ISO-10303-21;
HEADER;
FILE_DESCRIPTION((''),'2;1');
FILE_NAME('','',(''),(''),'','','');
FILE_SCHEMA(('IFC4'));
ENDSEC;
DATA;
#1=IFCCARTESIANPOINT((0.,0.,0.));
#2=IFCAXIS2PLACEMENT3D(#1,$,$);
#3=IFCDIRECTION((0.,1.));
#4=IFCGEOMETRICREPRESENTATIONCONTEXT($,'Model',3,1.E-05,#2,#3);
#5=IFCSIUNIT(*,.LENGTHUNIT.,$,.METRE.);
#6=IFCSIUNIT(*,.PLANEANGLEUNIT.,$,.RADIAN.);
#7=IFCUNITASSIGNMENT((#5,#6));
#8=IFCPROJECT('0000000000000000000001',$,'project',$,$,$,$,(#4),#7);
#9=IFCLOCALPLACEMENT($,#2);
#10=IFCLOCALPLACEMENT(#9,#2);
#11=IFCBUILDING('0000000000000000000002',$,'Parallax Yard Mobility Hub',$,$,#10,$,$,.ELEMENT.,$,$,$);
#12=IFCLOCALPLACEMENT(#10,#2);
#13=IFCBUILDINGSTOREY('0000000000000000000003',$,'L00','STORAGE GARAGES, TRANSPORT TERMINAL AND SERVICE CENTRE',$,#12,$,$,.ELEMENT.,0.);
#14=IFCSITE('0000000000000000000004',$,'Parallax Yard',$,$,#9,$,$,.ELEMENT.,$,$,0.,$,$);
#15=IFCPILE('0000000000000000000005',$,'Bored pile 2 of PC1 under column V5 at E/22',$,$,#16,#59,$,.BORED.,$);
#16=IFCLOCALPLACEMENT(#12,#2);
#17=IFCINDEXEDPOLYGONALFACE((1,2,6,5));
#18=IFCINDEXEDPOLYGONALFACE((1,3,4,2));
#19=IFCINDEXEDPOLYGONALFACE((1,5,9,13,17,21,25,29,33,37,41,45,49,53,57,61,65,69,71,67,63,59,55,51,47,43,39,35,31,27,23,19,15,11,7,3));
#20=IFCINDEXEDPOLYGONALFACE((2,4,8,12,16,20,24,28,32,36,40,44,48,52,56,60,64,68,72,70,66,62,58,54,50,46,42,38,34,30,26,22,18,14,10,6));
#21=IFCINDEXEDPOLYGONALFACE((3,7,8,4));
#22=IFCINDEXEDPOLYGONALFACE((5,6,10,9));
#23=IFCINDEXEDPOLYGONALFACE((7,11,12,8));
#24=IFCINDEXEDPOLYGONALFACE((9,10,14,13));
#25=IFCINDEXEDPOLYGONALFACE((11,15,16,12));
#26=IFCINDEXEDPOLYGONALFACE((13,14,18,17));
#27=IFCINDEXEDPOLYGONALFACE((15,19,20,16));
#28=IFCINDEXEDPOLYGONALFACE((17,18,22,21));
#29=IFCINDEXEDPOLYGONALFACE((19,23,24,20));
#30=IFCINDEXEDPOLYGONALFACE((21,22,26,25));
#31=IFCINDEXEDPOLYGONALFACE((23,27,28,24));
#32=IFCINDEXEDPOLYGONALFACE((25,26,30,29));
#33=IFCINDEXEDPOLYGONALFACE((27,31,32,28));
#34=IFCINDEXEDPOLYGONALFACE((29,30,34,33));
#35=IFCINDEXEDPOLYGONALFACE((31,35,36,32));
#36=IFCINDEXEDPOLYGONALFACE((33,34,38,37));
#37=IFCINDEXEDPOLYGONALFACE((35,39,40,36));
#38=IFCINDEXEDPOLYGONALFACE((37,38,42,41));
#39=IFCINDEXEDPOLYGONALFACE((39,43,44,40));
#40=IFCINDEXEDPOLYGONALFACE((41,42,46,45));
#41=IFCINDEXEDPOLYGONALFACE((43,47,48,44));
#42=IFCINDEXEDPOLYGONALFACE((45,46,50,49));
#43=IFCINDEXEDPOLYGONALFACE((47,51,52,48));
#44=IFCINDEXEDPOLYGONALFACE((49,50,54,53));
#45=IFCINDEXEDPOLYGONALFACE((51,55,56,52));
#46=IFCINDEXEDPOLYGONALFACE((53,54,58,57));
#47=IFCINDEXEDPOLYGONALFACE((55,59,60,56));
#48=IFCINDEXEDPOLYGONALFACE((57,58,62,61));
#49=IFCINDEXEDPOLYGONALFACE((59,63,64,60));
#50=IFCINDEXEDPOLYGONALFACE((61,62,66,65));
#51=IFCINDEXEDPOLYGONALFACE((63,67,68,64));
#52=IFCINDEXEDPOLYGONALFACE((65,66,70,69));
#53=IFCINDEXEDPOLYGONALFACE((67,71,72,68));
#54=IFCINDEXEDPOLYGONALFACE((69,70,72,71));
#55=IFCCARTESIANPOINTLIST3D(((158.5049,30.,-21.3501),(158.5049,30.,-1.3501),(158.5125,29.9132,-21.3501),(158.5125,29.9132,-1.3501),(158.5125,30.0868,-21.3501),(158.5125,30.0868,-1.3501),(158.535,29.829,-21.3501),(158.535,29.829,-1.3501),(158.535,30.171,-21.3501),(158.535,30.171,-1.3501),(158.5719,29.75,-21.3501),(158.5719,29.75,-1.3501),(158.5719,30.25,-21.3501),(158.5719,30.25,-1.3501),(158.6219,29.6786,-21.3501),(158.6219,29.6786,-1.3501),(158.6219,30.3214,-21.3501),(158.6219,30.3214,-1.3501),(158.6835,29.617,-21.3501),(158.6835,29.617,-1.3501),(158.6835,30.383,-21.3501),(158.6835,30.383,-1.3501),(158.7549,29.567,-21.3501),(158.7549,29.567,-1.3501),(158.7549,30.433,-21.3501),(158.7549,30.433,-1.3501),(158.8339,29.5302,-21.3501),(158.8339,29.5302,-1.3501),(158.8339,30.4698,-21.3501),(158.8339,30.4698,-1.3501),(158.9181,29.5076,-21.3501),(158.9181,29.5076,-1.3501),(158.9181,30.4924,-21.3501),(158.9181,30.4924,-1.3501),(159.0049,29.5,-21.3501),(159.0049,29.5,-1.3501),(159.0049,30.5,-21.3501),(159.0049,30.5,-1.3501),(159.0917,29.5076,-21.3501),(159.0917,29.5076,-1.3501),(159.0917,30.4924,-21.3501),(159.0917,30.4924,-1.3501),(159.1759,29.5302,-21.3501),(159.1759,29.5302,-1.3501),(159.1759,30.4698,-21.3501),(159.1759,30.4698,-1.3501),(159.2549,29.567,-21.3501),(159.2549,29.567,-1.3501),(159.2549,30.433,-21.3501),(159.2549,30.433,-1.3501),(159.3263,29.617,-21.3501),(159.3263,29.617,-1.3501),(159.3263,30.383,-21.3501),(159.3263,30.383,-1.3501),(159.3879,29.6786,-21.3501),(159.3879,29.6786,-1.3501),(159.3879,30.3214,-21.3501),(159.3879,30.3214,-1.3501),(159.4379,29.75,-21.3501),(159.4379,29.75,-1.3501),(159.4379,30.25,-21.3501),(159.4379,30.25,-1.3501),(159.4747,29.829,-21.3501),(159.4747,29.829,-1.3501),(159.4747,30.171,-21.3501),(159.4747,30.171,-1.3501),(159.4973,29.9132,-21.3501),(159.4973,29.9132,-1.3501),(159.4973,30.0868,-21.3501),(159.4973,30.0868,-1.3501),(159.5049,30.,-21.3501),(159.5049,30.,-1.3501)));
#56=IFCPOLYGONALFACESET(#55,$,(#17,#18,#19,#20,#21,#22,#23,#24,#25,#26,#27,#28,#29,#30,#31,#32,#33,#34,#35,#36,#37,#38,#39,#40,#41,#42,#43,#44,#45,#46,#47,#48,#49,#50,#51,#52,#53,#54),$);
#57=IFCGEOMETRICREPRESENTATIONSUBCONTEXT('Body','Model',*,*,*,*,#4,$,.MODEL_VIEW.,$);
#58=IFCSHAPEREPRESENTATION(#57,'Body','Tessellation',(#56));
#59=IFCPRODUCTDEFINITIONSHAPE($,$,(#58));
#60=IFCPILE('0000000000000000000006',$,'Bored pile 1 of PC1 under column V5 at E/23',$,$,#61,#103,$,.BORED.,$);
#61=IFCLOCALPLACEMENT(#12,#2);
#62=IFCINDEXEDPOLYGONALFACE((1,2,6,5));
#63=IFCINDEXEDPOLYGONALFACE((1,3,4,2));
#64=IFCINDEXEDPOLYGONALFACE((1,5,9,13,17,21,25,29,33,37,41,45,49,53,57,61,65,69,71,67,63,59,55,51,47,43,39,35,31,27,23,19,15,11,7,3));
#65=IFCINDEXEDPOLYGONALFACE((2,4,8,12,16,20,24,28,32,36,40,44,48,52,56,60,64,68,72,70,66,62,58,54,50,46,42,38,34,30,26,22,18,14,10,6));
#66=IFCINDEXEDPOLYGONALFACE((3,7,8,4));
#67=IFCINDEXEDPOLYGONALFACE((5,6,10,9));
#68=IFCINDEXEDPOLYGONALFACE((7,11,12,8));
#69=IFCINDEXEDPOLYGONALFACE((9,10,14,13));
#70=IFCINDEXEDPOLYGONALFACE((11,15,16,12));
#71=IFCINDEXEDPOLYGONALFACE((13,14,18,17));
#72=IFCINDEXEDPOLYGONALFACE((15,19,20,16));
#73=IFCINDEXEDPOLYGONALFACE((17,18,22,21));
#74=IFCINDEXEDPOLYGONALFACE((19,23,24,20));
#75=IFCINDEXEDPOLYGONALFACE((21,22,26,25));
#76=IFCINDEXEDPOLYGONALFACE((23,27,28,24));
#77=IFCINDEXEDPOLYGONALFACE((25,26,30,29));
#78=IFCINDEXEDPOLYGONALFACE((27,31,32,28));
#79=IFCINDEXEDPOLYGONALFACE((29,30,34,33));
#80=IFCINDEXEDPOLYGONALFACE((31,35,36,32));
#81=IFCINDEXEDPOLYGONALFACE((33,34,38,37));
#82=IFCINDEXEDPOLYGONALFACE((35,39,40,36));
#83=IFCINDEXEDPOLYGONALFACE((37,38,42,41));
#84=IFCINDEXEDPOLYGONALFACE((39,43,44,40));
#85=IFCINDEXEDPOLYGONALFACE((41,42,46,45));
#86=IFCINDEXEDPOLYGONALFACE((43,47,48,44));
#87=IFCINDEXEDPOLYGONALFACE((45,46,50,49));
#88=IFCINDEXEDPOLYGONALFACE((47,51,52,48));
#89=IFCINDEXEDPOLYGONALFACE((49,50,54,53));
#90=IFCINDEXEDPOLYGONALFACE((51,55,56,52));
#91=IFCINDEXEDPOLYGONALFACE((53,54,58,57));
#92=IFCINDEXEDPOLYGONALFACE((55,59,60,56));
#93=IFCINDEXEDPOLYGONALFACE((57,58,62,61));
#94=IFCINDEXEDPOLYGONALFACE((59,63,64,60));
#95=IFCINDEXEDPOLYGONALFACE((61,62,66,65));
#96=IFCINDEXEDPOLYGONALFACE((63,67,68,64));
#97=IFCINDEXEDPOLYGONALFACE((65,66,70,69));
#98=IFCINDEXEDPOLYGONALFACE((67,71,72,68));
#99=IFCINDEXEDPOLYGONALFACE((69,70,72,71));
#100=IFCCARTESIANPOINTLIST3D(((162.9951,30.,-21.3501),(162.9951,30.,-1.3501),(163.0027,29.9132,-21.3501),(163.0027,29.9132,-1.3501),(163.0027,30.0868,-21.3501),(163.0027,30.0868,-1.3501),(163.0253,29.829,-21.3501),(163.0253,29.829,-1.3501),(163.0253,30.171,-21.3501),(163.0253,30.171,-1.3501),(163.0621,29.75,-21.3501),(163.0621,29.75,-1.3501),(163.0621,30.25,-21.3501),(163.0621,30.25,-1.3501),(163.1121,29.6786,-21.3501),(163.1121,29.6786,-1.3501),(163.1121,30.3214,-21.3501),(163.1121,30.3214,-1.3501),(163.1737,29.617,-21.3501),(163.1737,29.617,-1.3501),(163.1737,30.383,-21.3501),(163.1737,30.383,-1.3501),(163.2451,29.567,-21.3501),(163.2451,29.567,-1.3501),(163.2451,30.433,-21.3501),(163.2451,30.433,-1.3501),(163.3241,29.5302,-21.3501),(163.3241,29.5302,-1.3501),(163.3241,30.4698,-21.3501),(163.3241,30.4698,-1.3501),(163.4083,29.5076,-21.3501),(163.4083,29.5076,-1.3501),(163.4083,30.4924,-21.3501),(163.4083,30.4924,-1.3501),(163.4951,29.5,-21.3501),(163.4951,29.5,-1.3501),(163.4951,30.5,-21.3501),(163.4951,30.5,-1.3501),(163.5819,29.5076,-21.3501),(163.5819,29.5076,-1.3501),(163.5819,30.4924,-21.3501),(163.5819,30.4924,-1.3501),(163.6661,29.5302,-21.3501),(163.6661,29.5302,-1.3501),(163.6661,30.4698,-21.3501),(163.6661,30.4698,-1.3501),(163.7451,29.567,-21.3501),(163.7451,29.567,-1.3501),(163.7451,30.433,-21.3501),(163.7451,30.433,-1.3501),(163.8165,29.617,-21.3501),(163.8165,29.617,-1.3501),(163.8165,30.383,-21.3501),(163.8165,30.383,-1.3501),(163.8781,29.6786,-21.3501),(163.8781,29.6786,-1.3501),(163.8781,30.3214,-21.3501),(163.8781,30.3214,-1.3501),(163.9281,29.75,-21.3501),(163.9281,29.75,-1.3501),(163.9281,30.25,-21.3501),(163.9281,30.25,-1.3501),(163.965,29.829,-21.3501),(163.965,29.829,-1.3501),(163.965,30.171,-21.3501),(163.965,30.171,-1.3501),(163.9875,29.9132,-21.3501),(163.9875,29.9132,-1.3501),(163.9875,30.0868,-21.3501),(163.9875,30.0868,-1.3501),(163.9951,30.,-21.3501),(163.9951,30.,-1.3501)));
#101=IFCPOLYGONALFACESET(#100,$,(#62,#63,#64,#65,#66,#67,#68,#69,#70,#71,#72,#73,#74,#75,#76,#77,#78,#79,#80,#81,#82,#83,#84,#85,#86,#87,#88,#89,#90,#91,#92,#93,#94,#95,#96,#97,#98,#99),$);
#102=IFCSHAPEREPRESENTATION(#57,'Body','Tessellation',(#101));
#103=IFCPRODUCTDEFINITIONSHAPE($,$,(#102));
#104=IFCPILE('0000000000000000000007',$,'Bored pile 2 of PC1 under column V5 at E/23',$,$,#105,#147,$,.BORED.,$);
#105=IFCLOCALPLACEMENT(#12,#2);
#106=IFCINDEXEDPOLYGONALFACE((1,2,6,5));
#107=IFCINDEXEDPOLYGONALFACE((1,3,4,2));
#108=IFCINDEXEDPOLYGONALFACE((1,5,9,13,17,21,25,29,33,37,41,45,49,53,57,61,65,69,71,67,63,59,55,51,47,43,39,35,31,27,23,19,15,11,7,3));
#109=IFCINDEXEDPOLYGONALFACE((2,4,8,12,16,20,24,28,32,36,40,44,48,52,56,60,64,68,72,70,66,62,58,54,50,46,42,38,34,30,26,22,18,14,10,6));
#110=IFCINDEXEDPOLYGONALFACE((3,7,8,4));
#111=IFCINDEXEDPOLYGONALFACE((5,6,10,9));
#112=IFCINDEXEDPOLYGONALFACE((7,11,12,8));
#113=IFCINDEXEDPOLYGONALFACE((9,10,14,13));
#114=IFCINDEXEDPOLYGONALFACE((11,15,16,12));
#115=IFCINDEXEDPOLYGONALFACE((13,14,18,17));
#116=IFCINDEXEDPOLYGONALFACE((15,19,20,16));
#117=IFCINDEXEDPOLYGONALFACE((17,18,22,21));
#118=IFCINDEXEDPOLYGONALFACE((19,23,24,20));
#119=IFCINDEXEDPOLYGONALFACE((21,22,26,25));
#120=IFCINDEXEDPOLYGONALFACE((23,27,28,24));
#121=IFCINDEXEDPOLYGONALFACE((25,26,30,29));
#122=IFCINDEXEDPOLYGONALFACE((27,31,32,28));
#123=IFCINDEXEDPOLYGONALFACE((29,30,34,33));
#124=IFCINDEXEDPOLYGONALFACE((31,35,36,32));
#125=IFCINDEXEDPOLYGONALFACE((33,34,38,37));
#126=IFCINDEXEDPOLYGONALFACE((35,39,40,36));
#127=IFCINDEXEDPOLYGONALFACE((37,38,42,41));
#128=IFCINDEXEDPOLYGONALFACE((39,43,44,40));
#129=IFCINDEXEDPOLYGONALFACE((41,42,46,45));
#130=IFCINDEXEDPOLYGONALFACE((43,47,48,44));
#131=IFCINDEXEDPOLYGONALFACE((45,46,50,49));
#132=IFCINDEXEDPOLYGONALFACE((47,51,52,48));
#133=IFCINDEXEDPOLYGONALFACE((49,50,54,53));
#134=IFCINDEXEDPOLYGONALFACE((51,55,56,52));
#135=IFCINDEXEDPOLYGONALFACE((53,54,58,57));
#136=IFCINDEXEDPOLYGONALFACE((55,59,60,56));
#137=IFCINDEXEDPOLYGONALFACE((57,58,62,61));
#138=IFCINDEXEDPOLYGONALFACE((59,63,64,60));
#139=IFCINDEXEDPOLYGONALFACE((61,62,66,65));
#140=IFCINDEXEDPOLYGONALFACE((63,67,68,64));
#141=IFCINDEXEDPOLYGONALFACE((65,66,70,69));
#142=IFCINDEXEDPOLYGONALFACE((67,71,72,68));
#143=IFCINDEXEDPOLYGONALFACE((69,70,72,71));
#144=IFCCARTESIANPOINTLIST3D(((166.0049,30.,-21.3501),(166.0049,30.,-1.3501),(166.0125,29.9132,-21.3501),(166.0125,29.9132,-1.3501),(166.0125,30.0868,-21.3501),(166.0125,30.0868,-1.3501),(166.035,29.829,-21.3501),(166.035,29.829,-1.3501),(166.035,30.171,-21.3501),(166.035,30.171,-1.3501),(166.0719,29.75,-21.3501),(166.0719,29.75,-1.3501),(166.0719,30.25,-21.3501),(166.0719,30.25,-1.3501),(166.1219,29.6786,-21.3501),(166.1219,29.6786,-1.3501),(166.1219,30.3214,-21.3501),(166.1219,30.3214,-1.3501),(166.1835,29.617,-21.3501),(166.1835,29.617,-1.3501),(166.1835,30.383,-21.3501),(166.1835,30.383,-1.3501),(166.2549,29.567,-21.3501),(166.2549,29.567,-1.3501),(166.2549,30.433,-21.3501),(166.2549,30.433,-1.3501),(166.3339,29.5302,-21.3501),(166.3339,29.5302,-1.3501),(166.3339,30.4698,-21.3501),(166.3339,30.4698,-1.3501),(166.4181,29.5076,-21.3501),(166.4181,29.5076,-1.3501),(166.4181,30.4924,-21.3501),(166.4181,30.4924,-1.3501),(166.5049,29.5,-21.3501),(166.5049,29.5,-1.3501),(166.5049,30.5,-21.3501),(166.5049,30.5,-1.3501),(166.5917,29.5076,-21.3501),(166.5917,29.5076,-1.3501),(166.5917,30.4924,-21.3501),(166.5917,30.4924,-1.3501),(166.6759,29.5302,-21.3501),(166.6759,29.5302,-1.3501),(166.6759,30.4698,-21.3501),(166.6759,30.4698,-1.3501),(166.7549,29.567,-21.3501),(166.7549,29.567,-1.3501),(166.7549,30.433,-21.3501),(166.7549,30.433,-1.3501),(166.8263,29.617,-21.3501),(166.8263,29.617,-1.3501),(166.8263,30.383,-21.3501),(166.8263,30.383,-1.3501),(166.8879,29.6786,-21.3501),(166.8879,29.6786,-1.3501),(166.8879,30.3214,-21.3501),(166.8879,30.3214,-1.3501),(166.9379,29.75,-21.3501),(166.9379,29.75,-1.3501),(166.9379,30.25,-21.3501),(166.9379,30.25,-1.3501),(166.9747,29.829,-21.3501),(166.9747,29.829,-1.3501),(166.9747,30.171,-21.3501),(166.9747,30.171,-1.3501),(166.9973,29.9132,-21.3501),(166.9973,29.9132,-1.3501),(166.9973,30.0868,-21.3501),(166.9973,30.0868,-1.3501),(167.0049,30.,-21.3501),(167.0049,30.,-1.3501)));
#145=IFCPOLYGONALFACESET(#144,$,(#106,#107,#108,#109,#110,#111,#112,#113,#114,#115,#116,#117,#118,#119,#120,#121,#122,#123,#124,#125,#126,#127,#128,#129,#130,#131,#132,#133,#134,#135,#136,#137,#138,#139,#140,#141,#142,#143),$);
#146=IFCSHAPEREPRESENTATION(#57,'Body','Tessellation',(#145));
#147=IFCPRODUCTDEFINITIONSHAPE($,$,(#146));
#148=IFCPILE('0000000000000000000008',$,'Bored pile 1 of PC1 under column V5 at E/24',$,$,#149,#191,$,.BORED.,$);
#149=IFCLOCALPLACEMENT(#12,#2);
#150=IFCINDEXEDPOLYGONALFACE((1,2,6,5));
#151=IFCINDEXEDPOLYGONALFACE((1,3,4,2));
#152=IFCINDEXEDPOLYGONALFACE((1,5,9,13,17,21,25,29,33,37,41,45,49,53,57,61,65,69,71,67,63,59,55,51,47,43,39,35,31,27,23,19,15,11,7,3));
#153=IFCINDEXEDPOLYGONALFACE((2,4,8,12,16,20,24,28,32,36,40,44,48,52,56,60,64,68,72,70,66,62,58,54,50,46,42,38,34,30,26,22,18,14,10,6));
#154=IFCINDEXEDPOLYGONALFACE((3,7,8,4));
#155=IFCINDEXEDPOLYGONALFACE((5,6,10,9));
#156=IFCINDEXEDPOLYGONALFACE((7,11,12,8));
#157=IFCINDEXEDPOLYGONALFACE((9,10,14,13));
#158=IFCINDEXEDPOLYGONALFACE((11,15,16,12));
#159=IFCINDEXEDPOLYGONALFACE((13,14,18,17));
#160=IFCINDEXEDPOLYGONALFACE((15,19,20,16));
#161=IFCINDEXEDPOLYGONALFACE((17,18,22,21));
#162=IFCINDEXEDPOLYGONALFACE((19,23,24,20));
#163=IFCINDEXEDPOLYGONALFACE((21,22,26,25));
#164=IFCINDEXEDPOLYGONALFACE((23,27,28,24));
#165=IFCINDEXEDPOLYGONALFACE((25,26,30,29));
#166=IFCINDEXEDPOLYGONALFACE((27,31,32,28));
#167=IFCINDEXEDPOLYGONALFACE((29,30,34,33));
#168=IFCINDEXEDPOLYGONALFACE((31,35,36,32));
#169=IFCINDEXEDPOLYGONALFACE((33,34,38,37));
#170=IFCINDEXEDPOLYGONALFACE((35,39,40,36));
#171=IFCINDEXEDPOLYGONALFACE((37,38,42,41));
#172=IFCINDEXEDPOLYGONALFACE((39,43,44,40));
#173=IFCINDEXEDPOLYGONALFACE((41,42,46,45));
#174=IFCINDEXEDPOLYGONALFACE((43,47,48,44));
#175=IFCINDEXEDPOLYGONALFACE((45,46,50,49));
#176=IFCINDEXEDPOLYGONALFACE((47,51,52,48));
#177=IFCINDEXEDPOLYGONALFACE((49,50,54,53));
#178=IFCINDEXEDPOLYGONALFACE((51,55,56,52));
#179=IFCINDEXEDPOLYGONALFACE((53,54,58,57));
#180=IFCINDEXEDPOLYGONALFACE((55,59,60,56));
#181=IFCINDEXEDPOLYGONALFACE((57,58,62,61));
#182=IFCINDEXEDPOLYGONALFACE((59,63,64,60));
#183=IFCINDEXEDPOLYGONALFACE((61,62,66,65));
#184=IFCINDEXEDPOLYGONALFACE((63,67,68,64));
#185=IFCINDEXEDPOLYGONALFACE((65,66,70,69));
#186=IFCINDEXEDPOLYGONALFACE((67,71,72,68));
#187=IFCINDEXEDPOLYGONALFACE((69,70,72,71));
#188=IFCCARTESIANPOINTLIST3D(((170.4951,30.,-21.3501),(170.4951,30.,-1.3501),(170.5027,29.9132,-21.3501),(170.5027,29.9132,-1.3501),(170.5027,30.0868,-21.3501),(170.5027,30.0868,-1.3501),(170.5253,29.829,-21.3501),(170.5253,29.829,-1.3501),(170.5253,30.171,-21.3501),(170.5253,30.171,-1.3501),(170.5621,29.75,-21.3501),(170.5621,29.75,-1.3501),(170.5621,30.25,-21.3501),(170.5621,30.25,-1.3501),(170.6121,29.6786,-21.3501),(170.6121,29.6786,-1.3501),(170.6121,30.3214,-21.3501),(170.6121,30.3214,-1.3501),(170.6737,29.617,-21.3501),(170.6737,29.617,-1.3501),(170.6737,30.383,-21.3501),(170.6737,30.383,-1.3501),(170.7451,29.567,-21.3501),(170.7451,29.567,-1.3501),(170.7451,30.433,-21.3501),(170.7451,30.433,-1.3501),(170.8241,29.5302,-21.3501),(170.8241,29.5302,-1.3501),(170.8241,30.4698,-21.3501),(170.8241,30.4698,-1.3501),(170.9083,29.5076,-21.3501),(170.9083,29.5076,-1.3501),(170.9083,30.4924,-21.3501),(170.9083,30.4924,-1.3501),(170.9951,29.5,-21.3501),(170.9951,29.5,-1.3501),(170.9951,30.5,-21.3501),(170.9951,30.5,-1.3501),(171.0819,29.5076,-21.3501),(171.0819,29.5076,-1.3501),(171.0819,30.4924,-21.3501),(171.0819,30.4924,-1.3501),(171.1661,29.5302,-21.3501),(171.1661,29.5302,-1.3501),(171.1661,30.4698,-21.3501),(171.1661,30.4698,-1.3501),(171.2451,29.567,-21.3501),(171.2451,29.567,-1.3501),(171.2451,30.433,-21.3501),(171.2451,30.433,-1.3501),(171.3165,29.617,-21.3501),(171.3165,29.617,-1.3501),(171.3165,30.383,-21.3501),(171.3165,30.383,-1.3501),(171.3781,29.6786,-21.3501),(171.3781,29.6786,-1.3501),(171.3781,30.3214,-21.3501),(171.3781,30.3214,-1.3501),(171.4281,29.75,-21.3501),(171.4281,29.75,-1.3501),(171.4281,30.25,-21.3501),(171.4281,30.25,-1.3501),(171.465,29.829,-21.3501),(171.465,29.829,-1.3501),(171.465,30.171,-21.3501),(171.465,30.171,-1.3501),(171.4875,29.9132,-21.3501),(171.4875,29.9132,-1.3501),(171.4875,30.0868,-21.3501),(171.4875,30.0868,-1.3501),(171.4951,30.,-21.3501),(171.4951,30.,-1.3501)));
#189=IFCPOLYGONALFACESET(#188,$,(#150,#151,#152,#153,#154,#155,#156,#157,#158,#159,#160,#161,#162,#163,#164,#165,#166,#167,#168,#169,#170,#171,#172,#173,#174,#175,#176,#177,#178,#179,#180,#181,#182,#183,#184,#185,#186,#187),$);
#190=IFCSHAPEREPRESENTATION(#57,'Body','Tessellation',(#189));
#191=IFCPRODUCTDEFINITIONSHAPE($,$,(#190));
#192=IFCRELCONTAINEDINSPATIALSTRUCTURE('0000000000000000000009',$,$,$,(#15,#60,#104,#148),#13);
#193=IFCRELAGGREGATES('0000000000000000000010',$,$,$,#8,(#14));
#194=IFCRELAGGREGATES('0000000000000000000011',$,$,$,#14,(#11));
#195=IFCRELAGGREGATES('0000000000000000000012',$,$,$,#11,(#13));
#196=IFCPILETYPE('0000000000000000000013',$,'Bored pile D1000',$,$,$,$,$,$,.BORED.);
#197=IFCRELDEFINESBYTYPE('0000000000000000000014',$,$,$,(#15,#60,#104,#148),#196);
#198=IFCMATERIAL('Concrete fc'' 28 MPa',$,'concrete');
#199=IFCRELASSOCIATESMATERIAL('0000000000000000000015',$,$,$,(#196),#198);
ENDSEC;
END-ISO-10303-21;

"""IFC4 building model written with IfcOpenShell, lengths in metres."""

from ifc_helpers import new_model, si_unit, direction, frame, origin, origin_2d, place, context, subcontext, project, spatial, circle, extrude, material, material_profile, profile_set, type_object, element, save


model = new_model("IFC4")

# Units and contexts
model_context = context("Model", 3, precision=1e-05, world=origin(), true_north=direction((0.0, 1.0)))
body_context = subcontext(model_context, "Body", "Model", "MODEL_VIEW")
ifc_project = project(units=[si_unit("LENGTHUNIT", "METRE"), si_unit("PLANEANGLEUNIT", "RADIAN")], contexts=[model_context])

# Site, building, storey
site_placement = place(None, origin())
site = spatial("IfcSite", under=ifc_project, at=site_placement, Name="Parallax Yard", CompositionType="ELEMENT", RefElevation=0.0)
building_placement = place(site_placement, origin())
building = spatial("IfcBuilding", under=site, at=building_placement, Name="Parallax Yard Mobility Hub", CompositionType="ELEMENT")
storey_placement = place(building_placement, origin())
storey = spatial("IfcBuildingStorey", under=building, at=storey_placement, Name="L00", Description="STORAGE GARAGES, TRANSPORT TERMINAL AND SERVICE CENTRE", CompositionType="ELEMENT", Elevation=0.0)

# Piles
ifc_material_1 = material(Name="Concrete fc' 28 MPa", Category="concrete")
ifc_material_profile_1 = material_profile(ifc_material_1, circle(Radius=0.5, at=origin_2d()), Name="Bored pile D1000")
ifc_profile_set_1 = profile_set([ifc_material_profile_1], Name="Concrete fc' 28 MPa")
pile_type = type_object("IfcPileType", Name="Bored pile D1000", PredefinedType="BORED", material=ifc_profile_set_1)
for number, where, z_axis, x_axis, name in (
    (1, (159.0049, 30.0, -1.3501), (0.0, 0.0, -1.0), (1.0, 0.0, 0.0), "Bored pile 2 of PC1 under column V5 at E/22"),
    (2, (163.4951, 30.0, -1.3501), (0.0, 0.0, -1.0), (1.0, 0.0, 0.0), "Bored pile 1 of PC1 under column V5 at E/23"),
    (3, (166.5049, 30.0, -1.3501), (0.0, 0.0, -1.0), (1.0, 0.0, 0.0), "Bored pile 2 of PC1 under column V5 at E/23"),
    (4, (170.9951, 30.0, -1.3501), (0.0, 0.0, -1.0), (1.0, 0.0, 0.0), "Bored pile 1 of PC1 under column V5 at E/24"),
):
    element("IfcPile", number, at=place(storey_placement, frame(where, z_axis=z_axis, x_axis=x_axis)), inside=storey, type_object=pile_type, Name=name, PredefinedType="BORED", context=body_context, shape_type="SweptSolid", body=[
        extrude(circle(Radius=0.5, at=origin_2d()), origin(), (0.0, 0.0, 1.0), 20.0),
    ])

save(model, "model.ifc")
